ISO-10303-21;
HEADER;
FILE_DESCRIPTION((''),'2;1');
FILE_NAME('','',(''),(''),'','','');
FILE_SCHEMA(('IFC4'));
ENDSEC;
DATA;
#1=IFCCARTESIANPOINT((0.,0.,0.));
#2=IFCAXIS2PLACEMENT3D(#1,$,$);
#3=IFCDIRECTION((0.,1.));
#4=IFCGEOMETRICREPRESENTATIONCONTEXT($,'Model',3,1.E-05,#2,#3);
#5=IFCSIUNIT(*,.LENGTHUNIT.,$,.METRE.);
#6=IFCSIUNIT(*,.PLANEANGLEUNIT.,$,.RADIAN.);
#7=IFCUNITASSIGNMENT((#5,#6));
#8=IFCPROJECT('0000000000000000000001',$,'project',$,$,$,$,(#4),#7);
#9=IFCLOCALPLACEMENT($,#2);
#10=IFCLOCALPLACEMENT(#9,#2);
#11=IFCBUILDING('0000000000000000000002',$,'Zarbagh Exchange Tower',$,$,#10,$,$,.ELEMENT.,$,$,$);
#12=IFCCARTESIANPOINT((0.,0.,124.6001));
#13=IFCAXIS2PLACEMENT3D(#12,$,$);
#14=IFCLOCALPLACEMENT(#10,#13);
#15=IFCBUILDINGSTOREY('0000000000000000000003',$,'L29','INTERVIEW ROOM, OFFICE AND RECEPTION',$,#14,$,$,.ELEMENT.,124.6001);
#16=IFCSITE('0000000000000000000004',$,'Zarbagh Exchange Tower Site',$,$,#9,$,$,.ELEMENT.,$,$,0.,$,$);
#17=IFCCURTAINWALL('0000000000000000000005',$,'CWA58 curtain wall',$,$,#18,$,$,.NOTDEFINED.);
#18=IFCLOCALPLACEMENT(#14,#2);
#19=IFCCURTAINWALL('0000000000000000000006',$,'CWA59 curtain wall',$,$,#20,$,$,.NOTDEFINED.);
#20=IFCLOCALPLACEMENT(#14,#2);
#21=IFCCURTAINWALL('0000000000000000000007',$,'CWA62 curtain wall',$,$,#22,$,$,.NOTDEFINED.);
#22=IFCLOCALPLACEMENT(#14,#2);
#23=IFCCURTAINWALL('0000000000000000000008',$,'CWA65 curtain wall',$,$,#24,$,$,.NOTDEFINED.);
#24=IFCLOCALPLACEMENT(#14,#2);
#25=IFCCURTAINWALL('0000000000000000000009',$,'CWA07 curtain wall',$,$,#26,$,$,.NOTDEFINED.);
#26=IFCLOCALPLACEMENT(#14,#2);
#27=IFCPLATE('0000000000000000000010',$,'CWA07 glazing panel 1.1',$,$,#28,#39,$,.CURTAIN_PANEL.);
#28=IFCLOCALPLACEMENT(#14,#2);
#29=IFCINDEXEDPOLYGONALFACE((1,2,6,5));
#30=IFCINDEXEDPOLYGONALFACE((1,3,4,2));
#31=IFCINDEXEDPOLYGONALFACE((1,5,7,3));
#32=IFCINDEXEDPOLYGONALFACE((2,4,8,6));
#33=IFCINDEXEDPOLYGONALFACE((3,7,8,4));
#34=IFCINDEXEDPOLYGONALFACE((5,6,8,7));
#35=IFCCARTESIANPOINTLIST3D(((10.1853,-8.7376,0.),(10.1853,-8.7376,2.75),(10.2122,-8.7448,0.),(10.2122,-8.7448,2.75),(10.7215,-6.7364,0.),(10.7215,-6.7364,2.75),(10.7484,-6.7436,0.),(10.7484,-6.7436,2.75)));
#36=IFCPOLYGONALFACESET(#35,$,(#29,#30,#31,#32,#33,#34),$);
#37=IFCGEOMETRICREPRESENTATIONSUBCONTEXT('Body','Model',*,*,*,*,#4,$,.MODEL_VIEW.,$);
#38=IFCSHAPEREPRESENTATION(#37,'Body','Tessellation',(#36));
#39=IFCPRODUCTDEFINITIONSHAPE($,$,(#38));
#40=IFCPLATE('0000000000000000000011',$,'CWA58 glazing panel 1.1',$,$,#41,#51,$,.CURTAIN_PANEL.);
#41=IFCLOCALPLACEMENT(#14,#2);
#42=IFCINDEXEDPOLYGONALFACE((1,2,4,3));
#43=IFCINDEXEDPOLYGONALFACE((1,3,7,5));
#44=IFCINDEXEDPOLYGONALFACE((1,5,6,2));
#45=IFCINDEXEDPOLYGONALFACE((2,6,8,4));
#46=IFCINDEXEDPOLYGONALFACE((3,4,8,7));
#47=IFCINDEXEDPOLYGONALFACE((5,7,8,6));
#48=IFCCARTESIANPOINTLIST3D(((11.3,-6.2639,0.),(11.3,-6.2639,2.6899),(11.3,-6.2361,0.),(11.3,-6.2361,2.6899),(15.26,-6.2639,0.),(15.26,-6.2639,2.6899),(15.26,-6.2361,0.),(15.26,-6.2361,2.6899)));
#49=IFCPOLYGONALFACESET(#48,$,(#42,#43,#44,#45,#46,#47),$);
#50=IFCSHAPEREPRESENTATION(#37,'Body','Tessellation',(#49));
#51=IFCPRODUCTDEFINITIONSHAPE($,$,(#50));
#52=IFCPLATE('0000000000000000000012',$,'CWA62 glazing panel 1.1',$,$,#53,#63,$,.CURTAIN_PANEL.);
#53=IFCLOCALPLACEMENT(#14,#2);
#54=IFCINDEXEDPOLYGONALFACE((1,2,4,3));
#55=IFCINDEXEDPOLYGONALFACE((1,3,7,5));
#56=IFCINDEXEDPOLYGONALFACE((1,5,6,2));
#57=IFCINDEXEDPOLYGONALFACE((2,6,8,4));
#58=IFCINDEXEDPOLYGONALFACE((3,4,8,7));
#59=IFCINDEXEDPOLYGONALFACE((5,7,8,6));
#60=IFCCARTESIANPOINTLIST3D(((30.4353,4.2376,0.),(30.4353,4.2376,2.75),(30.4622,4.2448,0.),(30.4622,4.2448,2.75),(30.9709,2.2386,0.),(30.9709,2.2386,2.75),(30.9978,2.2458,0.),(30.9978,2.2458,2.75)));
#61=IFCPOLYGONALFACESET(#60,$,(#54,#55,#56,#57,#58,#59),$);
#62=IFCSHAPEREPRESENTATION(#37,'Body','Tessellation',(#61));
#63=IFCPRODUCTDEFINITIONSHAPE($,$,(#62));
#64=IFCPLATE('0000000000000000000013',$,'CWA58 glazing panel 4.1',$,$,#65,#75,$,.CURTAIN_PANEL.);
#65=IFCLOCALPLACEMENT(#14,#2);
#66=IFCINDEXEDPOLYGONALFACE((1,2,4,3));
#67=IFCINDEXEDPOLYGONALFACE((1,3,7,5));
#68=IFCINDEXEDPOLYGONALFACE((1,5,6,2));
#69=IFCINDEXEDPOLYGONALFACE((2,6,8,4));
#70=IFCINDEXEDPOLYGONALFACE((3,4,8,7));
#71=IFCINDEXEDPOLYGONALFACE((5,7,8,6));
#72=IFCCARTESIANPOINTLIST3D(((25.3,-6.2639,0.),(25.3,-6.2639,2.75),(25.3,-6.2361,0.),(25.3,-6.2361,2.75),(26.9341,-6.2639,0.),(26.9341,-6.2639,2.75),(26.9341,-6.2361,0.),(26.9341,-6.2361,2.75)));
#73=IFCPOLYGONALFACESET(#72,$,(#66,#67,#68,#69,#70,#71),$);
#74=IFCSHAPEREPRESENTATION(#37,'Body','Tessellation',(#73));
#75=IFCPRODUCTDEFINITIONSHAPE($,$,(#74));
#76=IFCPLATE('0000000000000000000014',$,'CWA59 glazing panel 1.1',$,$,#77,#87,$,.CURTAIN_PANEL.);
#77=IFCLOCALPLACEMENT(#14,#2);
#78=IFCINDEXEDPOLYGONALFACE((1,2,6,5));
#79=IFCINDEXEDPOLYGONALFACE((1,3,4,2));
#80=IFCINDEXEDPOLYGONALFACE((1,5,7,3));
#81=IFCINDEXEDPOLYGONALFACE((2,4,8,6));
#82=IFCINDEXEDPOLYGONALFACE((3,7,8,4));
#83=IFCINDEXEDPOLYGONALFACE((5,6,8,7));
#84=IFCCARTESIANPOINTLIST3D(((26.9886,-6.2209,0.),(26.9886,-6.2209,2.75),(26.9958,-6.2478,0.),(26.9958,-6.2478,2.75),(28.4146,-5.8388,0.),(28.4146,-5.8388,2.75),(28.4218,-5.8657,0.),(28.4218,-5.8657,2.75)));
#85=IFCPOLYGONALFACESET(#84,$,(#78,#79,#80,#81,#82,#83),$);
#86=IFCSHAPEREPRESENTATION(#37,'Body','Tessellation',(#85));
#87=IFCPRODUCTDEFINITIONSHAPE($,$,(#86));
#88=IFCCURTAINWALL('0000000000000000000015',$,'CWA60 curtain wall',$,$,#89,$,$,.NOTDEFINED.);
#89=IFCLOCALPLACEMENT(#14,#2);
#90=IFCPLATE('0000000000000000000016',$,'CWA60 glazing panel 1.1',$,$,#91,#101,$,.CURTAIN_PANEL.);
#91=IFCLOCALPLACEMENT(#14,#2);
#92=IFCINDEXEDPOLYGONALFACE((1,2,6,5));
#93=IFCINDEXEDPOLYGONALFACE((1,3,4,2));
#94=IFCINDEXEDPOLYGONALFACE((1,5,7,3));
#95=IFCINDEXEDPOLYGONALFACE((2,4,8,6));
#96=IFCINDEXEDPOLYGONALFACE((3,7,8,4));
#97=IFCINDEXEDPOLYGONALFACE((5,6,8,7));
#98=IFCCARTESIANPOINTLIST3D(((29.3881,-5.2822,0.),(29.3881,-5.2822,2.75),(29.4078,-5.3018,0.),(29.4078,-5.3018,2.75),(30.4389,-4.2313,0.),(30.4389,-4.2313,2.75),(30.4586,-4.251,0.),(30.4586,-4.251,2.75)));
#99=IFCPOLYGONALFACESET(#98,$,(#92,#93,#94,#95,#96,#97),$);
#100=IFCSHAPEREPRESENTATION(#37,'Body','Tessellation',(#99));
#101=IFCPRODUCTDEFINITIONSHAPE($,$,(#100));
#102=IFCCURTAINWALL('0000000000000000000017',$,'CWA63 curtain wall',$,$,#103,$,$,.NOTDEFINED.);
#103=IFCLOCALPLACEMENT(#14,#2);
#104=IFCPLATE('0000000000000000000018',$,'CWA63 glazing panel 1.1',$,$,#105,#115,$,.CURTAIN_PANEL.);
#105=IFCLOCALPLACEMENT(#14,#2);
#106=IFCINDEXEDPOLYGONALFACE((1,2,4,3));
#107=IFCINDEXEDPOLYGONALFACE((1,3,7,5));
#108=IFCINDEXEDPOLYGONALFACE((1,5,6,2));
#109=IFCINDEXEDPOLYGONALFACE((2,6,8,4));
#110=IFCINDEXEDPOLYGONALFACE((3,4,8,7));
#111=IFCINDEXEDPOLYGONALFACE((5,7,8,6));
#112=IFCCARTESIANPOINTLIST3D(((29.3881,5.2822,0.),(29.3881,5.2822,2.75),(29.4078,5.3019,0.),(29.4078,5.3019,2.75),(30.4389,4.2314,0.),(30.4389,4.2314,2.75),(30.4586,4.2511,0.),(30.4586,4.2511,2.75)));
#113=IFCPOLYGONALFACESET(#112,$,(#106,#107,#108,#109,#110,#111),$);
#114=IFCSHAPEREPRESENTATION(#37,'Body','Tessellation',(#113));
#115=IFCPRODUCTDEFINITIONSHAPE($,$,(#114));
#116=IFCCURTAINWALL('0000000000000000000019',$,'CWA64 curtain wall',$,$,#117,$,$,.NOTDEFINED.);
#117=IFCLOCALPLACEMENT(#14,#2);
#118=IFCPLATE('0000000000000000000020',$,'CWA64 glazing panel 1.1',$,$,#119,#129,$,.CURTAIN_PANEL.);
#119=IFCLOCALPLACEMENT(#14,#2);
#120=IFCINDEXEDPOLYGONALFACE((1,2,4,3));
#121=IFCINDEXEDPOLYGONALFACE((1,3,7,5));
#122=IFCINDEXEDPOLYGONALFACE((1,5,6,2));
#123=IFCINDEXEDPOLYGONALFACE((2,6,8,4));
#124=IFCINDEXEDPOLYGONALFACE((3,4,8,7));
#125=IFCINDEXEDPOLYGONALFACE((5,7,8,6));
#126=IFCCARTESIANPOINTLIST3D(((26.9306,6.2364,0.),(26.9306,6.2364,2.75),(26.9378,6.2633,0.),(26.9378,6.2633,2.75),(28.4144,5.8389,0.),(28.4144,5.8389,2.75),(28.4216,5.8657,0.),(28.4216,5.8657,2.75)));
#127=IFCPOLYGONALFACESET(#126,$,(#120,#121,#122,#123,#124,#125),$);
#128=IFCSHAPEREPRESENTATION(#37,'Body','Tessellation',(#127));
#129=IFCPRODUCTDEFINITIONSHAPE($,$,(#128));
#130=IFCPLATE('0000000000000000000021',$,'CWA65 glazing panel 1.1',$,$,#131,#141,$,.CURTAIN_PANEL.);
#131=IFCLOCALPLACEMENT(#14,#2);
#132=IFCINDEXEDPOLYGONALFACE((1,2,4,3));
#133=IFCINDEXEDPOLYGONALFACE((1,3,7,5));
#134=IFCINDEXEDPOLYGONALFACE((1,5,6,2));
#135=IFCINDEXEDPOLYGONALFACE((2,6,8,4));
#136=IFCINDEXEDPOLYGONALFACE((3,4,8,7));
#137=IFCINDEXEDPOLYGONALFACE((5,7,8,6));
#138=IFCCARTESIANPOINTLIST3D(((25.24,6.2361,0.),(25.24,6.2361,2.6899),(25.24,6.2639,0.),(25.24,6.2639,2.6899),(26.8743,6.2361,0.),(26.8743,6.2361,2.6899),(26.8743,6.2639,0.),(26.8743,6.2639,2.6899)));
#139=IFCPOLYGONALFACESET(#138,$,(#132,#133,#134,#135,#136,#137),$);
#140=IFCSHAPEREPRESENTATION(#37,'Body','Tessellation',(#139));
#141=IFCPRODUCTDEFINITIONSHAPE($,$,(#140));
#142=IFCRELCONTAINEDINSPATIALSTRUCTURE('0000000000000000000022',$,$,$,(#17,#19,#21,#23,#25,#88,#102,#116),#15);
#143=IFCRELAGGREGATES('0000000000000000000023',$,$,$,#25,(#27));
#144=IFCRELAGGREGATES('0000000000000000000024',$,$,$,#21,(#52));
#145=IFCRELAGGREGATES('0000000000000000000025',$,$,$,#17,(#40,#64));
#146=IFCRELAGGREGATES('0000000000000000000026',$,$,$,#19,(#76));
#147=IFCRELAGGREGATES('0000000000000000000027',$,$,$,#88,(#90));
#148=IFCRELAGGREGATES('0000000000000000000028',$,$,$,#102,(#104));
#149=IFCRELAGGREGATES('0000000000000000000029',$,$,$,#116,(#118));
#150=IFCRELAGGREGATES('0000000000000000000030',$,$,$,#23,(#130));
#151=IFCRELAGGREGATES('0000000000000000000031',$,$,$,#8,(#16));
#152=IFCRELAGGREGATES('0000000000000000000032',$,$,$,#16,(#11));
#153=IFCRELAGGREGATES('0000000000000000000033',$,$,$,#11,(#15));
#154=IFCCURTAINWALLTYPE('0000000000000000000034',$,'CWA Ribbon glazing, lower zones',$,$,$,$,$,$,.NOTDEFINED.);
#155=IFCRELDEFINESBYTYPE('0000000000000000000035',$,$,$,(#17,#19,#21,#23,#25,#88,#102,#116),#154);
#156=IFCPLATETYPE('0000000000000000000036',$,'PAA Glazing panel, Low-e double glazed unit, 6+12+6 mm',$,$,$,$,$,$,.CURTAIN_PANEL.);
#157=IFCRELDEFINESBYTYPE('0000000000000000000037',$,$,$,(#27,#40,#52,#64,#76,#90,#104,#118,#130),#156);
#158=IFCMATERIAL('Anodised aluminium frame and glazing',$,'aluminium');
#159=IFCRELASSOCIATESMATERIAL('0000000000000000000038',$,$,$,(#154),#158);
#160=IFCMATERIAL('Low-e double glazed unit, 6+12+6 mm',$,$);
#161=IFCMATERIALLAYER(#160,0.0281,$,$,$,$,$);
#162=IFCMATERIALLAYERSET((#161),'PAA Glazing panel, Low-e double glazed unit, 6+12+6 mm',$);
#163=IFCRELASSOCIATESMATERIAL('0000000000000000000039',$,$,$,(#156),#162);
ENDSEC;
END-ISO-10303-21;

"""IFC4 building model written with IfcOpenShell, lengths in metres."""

from ifc_helpers import new_model, si_unit, direction, frame, origin, place, context, subcontext, project, spatial, polyline, outline, extrude, source, transform, mapped, material, layer, layer_set, type_object, element, aggregate, save


model = new_model("IFC4")

# Units and contexts
model_context = context("Model", 3, precision=1e-05, world=origin(), true_north=direction((0.0, 1.0)))
body_context = subcontext(model_context, "Body", "Model", "MODEL_VIEW")
ifc_project = project(units=[si_unit("LENGTHUNIT", "METRE"), si_unit("PLANEANGLEUNIT", "RADIAN")], contexts=[model_context])

# Site, building, storey
site_placement = place(None, origin())
site = spatial("IfcSite", under=ifc_project, at=site_placement, Name="Zarbagh Exchange Tower Site", CompositionType="ELEMENT", RefElevation=0.0)
building_placement = place(site_placement, origin())
building = spatial("IfcBuilding", under=site, at=building_placement, Name="Zarbagh Exchange Tower", CompositionType="ELEMENT")
storey_placement = place(building_placement, frame((0.0, 0.0, 124.6001)))
storey = spatial("IfcBuildingStorey", under=building, at=storey_placement, Name="L29", Description="INTERVIEW ROOM, OFFICE AND RECEPTION", CompositionType="ELEMENT", Elevation=124.6001)

# Shared definitions
ifc_material_1 = material(Name="Anodised aluminium frame and glazing", Category="aluminium")
curtain_wall_type = type_object("IfcCurtainWallType", Name="CWA Ribbon glazing, lower zones", PredefinedType="NOTDEFINED", material=ifc_material_1)
placement = place(storey_placement, origin())

# Curtain wall
curtain_wall_1_placement = place(storey_placement, origin())
curtain_wall_1 = element("IfcCurtainWall", 1, at=curtain_wall_1_placement, inside=storey, type_object=curtain_wall_type, Name="CWA58 curtain wall", PredefinedType="NOTDEFINED")

# Curtain walls
curtain_wall_2_placement = place(storey_placement, origin())
curtain_wall_2 = element("IfcCurtainWall", 2, at=curtain_wall_2_placement, inside=storey, type_object=curtain_wall_type, Name="CWA59 curtain wall", PredefinedType="NOTDEFINED")
curtain_wall_3_placement = place(storey_placement, origin())
curtain_wall_3 = element("IfcCurtainWall", 3, at=curtain_wall_3_placement, inside=storey, type_object=curtain_wall_type, Name="CWA62 curtain wall", PredefinedType="NOTDEFINED")
curtain_wall_4_placement = place(storey_placement, origin())
curtain_wall_4 = element("IfcCurtainWall", 4, at=curtain_wall_4_placement, inside=storey, type_object=curtain_wall_type, Name="CWA65 curtain wall", PredefinedType="NOTDEFINED")

# Shared definitions
ifc_material_2 = material(Name="Low-e double glazed unit, 6+12+6 mm")
ifc_layer = layer(ifc_material_2, 0.0281)
ifc_layer_set = layer_set([ifc_layer], Name="PAA Glazing panel, Low-e double glazed unit, 6+12+6 mm")
plate_type = type_object("IfcPlateType", Name="PAA Glazing panel, Low-e double glazed unit, 6+12+6 mm", PredefinedType="CURTAIN_PANEL", material=ifc_layer_set)

# Curtain wall, plate
curtain_wall_5_placement = place(storey_placement, origin())
curtain_wall_5 = element("IfcCurtainWall", 5, at=curtain_wall_5_placement, inside=storey, type_object=curtain_wall_type, Name="CWA07 curtain wall", PredefinedType="NOTDEFINED")
shared_shape_1 = source(origin(), body_context, "Body", "SweptSolid", [
    extrude(outline(polyline([(0.0, -0.0139), (2.0718, -0.0139), (2.0718, 0.0139), (0.0, 0.0139), (0.0, -0.0139)])), origin(), (0.0, 0.0, 1.0), 2.75),
])
plate_1 = element("IfcPlate", 6, at=placement, type_object=plate_type, Name="CWA07 glazing panel 1.1", PredefinedType="CURTAIN_PANEL", context=body_context, shape_type="MappedRepresentation", body=[
    mapped(shared_shape_1, transform((10.1987, -8.7412, 0.0), x_axis=(0.258825, 0.965924, 0.0), y_axis=(-0.965924, 0.258825, 0.0), z_axis=(0.0, 0.0, 1.0))),
])
aggregate(curtain_wall_5, [plate_1])

# Plates
shared_shape_2 = source(origin(), body_context, "Body", "SweptSolid", [
    extrude(outline(polyline([(0.0, -0.0139), (3.96, -0.0139), (3.96, 0.0139), (0.0, 0.0139), (0.0, -0.0139)])), origin(), (0.0, 0.0, 1.0), 2.6899),
])
plate_2 = element("IfcPlate", 7, at=placement, type_object=plate_type, Name="CWA58 glazing panel 1.1", PredefinedType="CURTAIN_PANEL", context=body_context, shape_type="MappedRepresentation", body=[
    mapped(shared_shape_2, transform((11.3, -6.25, 0.0), x_axis=(1.0, 0.0, 0.0), y_axis=(0.0, 1.0, 0.0), z_axis=(0.0, 0.0, 1.0))),
])
shared_shape_3 = source(origin(), body_context, "Body", "SweptSolid", [
    extrude(outline(polyline([(0.0, -0.0139), (2.0696, -0.0139), (2.0696, 0.0139), (0.0, 0.0139), (0.0, -0.0139)])), origin(), (0.0, 0.0, 1.0), 2.75),
])
plate_3 = element("IfcPlate", 8, at=placement, type_object=plate_type, Name="CWA62 glazing panel 1.1", PredefinedType="CURTAIN_PANEL", context=body_context, shape_type="MappedRepresentation", body=[
    mapped(shared_shape_3, transform((30.9844, 2.2422, 0.0), x_axis=(-0.258825, 0.965924, 0.0), y_axis=(-0.965924, -0.258825, 0.0), z_axis=(0.0, 0.0, 1.0))),
])
aggregate(curtain_wall_3, [plate_3])
shared_shape_4 = source(origin(), body_context, "Body", "SweptSolid", [
    extrude(outline(polyline([(0.0, -0.0139), (1.634, -0.0139), (1.634, 0.0139), (0.0, 0.0139), (0.0, -0.0139)])), origin(), (0.0, 0.0, 1.0), 2.75),
])
plate_4 = element("IfcPlate", 9, at=placement, type_object=plate_type, Name="CWA58 glazing panel 4.1", PredefinedType="CURTAIN_PANEL", context=body_context, shape_type="MappedRepresentation", body=[
    mapped(shared_shape_4, transform((25.3, -6.25, 0.0), x_axis=(1.0, 0.0, 0.0), y_axis=(0.0, 1.0, 0.0), z_axis=(0.0, 0.0, 1.0))),
])
aggregate(curtain_wall_1, [plate_2, plate_4])
shared_shape_5 = source(origin(), body_context, "Body", "SweptSolid", [
    extrude(outline(polyline([(0.0, -0.0139), (1.4763, -0.0139), (1.4763, 0.0139), (0.0, 0.0139), (0.0, -0.0139)])), origin(), (0.0, 0.0, 1.0), 2.75),
])
plate_5 = element("IfcPlate", 10, at=placement, type_object=plate_type, Name="CWA59 glazing panel 1.1", PredefinedType="CURTAIN_PANEL", context=body_context, shape_type="MappedRepresentation", body=[
    mapped(shared_shape_5, transform((26.9922, -6.2344, 0.0), x_axis=(0.965924, 0.258825, 0.0), y_axis=(-0.258825, 0.965924, 0.0), z_axis=(0.0, 0.0, 1.0))),
])
aggregate(curtain_wall_2, [plate_5])

# Curtain walls, plates
curtain_wall_6_placement = place(storey_placement, origin())
curtain_wall_6 = element("IfcCurtainWall", 11, at=curtain_wall_6_placement, inside=storey, type_object=curtain_wall_type, Name="CWA60 curtain wall", PredefinedType="NOTDEFINED")
shared_shape_6 = source(origin(), body_context, "Body", "SweptSolid", [
    extrude(outline(polyline([(0.0, -0.0139), (1.4861, -0.0139), (1.4861, 0.0139), (0.0, 0.0139), (0.0, -0.0139)])), origin(), (0.0, 0.0, 1.0), 2.75),
])
plate_6 = element("IfcPlate", 12, at=placement, type_object=plate_type, Name="CWA60 glazing panel 1.1", PredefinedType="CURTAIN_PANEL", context=body_context, shape_type="MappedRepresentation", body=[
    mapped(shared_shape_6, transform((29.3979, -5.292, 0.0), x_axis=(0.707107, 0.707107, 0.0), y_axis=(-0.707107, 0.707107, 0.0), z_axis=(0.0, 0.0, 1.0))),
])
aggregate(curtain_wall_6, [plate_6])
curtain_wall_7_placement = place(storey_placement, origin())
curtain_wall_7 = element("IfcCurtainWall", 13, at=curtain_wall_7_placement, inside=storey, type_object=curtain_wall_type, Name="CWA63 curtain wall", PredefinedType="NOTDEFINED")
plate_7 = element("IfcPlate", 14, at=placement, type_object=plate_type, Name="CWA63 glazing panel 1.1", PredefinedType="CURTAIN_PANEL", context=body_context, shape_type="MappedRepresentation", body=[
    mapped(shared_shape_6, transform((30.4487, 4.2412, 0.0), x_axis=(-0.707107, 0.707107, 0.0), y_axis=(-0.707107, -0.707107, 0.0), z_axis=(0.0, 0.0, 1.0))),
])
aggregate(curtain_wall_7, [plate_7])
curtain_wall_8_placement = place(storey_placement, origin())
curtain_wall_8 = element("IfcCurtainWall", 15, at=curtain_wall_8_placement, inside=storey, type_object=curtain_wall_type, Name="CWA64 curtain wall", PredefinedType="NOTDEFINED")
shared_shape_7 = source(origin(), body_context, "Body", "SweptSolid", [
    extrude(outline(polyline([(0.0, -0.0139), (1.5361, -0.0139), (1.5361, 0.0139), (0.0, 0.0139), (0.0, -0.0139)])), origin(), (0.0, 0.0, 1.0), 2.75),
])
plate_8 = element("IfcPlate", 16, at=placement, type_object=plate_type, Name="CWA64 glazing panel 1.1", PredefinedType="CURTAIN_PANEL", context=body_context, shape_type="MappedRepresentation", body=[
    mapped(shared_shape_7, transform((28.418, 5.8523, 0.0), x_axis=(-0.965924, 0.258825, 0.0), y_axis=(-0.258825, -0.965924, 0.0), z_axis=(0.0, 0.0, 1.0))),
])
aggregate(curtain_wall_8, [plate_8])

# Plate
shared_shape_8 = source(origin(), body_context, "Body", "SweptSolid", [
    extrude(outline(polyline([(0.0, -0.0139), (1.6343, -0.0139), (1.6343, 0.0139), (0.0, 0.0139), (0.0, -0.0139)])), origin(), (0.0, 0.0, 1.0), 2.6899),
])
plate_9 = element("IfcPlate", 17, at=placement, type_object=plate_type, Name="CWA65 glazing panel 1.1", PredefinedType="CURTAIN_PANEL", context=body_context, shape_type="MappedRepresentation", body=[
    mapped(shared_shape_8, transform((26.8743, 6.25, 0.0), x_axis=(-1.0, 0.0, 0.0), y_axis=(0.0, -1.0, 0.0), z_axis=(0.0, 0.0, 1.0))),
])
aggregate(curtain_wall_4, [plate_9])

save(model, "model.ifc")
